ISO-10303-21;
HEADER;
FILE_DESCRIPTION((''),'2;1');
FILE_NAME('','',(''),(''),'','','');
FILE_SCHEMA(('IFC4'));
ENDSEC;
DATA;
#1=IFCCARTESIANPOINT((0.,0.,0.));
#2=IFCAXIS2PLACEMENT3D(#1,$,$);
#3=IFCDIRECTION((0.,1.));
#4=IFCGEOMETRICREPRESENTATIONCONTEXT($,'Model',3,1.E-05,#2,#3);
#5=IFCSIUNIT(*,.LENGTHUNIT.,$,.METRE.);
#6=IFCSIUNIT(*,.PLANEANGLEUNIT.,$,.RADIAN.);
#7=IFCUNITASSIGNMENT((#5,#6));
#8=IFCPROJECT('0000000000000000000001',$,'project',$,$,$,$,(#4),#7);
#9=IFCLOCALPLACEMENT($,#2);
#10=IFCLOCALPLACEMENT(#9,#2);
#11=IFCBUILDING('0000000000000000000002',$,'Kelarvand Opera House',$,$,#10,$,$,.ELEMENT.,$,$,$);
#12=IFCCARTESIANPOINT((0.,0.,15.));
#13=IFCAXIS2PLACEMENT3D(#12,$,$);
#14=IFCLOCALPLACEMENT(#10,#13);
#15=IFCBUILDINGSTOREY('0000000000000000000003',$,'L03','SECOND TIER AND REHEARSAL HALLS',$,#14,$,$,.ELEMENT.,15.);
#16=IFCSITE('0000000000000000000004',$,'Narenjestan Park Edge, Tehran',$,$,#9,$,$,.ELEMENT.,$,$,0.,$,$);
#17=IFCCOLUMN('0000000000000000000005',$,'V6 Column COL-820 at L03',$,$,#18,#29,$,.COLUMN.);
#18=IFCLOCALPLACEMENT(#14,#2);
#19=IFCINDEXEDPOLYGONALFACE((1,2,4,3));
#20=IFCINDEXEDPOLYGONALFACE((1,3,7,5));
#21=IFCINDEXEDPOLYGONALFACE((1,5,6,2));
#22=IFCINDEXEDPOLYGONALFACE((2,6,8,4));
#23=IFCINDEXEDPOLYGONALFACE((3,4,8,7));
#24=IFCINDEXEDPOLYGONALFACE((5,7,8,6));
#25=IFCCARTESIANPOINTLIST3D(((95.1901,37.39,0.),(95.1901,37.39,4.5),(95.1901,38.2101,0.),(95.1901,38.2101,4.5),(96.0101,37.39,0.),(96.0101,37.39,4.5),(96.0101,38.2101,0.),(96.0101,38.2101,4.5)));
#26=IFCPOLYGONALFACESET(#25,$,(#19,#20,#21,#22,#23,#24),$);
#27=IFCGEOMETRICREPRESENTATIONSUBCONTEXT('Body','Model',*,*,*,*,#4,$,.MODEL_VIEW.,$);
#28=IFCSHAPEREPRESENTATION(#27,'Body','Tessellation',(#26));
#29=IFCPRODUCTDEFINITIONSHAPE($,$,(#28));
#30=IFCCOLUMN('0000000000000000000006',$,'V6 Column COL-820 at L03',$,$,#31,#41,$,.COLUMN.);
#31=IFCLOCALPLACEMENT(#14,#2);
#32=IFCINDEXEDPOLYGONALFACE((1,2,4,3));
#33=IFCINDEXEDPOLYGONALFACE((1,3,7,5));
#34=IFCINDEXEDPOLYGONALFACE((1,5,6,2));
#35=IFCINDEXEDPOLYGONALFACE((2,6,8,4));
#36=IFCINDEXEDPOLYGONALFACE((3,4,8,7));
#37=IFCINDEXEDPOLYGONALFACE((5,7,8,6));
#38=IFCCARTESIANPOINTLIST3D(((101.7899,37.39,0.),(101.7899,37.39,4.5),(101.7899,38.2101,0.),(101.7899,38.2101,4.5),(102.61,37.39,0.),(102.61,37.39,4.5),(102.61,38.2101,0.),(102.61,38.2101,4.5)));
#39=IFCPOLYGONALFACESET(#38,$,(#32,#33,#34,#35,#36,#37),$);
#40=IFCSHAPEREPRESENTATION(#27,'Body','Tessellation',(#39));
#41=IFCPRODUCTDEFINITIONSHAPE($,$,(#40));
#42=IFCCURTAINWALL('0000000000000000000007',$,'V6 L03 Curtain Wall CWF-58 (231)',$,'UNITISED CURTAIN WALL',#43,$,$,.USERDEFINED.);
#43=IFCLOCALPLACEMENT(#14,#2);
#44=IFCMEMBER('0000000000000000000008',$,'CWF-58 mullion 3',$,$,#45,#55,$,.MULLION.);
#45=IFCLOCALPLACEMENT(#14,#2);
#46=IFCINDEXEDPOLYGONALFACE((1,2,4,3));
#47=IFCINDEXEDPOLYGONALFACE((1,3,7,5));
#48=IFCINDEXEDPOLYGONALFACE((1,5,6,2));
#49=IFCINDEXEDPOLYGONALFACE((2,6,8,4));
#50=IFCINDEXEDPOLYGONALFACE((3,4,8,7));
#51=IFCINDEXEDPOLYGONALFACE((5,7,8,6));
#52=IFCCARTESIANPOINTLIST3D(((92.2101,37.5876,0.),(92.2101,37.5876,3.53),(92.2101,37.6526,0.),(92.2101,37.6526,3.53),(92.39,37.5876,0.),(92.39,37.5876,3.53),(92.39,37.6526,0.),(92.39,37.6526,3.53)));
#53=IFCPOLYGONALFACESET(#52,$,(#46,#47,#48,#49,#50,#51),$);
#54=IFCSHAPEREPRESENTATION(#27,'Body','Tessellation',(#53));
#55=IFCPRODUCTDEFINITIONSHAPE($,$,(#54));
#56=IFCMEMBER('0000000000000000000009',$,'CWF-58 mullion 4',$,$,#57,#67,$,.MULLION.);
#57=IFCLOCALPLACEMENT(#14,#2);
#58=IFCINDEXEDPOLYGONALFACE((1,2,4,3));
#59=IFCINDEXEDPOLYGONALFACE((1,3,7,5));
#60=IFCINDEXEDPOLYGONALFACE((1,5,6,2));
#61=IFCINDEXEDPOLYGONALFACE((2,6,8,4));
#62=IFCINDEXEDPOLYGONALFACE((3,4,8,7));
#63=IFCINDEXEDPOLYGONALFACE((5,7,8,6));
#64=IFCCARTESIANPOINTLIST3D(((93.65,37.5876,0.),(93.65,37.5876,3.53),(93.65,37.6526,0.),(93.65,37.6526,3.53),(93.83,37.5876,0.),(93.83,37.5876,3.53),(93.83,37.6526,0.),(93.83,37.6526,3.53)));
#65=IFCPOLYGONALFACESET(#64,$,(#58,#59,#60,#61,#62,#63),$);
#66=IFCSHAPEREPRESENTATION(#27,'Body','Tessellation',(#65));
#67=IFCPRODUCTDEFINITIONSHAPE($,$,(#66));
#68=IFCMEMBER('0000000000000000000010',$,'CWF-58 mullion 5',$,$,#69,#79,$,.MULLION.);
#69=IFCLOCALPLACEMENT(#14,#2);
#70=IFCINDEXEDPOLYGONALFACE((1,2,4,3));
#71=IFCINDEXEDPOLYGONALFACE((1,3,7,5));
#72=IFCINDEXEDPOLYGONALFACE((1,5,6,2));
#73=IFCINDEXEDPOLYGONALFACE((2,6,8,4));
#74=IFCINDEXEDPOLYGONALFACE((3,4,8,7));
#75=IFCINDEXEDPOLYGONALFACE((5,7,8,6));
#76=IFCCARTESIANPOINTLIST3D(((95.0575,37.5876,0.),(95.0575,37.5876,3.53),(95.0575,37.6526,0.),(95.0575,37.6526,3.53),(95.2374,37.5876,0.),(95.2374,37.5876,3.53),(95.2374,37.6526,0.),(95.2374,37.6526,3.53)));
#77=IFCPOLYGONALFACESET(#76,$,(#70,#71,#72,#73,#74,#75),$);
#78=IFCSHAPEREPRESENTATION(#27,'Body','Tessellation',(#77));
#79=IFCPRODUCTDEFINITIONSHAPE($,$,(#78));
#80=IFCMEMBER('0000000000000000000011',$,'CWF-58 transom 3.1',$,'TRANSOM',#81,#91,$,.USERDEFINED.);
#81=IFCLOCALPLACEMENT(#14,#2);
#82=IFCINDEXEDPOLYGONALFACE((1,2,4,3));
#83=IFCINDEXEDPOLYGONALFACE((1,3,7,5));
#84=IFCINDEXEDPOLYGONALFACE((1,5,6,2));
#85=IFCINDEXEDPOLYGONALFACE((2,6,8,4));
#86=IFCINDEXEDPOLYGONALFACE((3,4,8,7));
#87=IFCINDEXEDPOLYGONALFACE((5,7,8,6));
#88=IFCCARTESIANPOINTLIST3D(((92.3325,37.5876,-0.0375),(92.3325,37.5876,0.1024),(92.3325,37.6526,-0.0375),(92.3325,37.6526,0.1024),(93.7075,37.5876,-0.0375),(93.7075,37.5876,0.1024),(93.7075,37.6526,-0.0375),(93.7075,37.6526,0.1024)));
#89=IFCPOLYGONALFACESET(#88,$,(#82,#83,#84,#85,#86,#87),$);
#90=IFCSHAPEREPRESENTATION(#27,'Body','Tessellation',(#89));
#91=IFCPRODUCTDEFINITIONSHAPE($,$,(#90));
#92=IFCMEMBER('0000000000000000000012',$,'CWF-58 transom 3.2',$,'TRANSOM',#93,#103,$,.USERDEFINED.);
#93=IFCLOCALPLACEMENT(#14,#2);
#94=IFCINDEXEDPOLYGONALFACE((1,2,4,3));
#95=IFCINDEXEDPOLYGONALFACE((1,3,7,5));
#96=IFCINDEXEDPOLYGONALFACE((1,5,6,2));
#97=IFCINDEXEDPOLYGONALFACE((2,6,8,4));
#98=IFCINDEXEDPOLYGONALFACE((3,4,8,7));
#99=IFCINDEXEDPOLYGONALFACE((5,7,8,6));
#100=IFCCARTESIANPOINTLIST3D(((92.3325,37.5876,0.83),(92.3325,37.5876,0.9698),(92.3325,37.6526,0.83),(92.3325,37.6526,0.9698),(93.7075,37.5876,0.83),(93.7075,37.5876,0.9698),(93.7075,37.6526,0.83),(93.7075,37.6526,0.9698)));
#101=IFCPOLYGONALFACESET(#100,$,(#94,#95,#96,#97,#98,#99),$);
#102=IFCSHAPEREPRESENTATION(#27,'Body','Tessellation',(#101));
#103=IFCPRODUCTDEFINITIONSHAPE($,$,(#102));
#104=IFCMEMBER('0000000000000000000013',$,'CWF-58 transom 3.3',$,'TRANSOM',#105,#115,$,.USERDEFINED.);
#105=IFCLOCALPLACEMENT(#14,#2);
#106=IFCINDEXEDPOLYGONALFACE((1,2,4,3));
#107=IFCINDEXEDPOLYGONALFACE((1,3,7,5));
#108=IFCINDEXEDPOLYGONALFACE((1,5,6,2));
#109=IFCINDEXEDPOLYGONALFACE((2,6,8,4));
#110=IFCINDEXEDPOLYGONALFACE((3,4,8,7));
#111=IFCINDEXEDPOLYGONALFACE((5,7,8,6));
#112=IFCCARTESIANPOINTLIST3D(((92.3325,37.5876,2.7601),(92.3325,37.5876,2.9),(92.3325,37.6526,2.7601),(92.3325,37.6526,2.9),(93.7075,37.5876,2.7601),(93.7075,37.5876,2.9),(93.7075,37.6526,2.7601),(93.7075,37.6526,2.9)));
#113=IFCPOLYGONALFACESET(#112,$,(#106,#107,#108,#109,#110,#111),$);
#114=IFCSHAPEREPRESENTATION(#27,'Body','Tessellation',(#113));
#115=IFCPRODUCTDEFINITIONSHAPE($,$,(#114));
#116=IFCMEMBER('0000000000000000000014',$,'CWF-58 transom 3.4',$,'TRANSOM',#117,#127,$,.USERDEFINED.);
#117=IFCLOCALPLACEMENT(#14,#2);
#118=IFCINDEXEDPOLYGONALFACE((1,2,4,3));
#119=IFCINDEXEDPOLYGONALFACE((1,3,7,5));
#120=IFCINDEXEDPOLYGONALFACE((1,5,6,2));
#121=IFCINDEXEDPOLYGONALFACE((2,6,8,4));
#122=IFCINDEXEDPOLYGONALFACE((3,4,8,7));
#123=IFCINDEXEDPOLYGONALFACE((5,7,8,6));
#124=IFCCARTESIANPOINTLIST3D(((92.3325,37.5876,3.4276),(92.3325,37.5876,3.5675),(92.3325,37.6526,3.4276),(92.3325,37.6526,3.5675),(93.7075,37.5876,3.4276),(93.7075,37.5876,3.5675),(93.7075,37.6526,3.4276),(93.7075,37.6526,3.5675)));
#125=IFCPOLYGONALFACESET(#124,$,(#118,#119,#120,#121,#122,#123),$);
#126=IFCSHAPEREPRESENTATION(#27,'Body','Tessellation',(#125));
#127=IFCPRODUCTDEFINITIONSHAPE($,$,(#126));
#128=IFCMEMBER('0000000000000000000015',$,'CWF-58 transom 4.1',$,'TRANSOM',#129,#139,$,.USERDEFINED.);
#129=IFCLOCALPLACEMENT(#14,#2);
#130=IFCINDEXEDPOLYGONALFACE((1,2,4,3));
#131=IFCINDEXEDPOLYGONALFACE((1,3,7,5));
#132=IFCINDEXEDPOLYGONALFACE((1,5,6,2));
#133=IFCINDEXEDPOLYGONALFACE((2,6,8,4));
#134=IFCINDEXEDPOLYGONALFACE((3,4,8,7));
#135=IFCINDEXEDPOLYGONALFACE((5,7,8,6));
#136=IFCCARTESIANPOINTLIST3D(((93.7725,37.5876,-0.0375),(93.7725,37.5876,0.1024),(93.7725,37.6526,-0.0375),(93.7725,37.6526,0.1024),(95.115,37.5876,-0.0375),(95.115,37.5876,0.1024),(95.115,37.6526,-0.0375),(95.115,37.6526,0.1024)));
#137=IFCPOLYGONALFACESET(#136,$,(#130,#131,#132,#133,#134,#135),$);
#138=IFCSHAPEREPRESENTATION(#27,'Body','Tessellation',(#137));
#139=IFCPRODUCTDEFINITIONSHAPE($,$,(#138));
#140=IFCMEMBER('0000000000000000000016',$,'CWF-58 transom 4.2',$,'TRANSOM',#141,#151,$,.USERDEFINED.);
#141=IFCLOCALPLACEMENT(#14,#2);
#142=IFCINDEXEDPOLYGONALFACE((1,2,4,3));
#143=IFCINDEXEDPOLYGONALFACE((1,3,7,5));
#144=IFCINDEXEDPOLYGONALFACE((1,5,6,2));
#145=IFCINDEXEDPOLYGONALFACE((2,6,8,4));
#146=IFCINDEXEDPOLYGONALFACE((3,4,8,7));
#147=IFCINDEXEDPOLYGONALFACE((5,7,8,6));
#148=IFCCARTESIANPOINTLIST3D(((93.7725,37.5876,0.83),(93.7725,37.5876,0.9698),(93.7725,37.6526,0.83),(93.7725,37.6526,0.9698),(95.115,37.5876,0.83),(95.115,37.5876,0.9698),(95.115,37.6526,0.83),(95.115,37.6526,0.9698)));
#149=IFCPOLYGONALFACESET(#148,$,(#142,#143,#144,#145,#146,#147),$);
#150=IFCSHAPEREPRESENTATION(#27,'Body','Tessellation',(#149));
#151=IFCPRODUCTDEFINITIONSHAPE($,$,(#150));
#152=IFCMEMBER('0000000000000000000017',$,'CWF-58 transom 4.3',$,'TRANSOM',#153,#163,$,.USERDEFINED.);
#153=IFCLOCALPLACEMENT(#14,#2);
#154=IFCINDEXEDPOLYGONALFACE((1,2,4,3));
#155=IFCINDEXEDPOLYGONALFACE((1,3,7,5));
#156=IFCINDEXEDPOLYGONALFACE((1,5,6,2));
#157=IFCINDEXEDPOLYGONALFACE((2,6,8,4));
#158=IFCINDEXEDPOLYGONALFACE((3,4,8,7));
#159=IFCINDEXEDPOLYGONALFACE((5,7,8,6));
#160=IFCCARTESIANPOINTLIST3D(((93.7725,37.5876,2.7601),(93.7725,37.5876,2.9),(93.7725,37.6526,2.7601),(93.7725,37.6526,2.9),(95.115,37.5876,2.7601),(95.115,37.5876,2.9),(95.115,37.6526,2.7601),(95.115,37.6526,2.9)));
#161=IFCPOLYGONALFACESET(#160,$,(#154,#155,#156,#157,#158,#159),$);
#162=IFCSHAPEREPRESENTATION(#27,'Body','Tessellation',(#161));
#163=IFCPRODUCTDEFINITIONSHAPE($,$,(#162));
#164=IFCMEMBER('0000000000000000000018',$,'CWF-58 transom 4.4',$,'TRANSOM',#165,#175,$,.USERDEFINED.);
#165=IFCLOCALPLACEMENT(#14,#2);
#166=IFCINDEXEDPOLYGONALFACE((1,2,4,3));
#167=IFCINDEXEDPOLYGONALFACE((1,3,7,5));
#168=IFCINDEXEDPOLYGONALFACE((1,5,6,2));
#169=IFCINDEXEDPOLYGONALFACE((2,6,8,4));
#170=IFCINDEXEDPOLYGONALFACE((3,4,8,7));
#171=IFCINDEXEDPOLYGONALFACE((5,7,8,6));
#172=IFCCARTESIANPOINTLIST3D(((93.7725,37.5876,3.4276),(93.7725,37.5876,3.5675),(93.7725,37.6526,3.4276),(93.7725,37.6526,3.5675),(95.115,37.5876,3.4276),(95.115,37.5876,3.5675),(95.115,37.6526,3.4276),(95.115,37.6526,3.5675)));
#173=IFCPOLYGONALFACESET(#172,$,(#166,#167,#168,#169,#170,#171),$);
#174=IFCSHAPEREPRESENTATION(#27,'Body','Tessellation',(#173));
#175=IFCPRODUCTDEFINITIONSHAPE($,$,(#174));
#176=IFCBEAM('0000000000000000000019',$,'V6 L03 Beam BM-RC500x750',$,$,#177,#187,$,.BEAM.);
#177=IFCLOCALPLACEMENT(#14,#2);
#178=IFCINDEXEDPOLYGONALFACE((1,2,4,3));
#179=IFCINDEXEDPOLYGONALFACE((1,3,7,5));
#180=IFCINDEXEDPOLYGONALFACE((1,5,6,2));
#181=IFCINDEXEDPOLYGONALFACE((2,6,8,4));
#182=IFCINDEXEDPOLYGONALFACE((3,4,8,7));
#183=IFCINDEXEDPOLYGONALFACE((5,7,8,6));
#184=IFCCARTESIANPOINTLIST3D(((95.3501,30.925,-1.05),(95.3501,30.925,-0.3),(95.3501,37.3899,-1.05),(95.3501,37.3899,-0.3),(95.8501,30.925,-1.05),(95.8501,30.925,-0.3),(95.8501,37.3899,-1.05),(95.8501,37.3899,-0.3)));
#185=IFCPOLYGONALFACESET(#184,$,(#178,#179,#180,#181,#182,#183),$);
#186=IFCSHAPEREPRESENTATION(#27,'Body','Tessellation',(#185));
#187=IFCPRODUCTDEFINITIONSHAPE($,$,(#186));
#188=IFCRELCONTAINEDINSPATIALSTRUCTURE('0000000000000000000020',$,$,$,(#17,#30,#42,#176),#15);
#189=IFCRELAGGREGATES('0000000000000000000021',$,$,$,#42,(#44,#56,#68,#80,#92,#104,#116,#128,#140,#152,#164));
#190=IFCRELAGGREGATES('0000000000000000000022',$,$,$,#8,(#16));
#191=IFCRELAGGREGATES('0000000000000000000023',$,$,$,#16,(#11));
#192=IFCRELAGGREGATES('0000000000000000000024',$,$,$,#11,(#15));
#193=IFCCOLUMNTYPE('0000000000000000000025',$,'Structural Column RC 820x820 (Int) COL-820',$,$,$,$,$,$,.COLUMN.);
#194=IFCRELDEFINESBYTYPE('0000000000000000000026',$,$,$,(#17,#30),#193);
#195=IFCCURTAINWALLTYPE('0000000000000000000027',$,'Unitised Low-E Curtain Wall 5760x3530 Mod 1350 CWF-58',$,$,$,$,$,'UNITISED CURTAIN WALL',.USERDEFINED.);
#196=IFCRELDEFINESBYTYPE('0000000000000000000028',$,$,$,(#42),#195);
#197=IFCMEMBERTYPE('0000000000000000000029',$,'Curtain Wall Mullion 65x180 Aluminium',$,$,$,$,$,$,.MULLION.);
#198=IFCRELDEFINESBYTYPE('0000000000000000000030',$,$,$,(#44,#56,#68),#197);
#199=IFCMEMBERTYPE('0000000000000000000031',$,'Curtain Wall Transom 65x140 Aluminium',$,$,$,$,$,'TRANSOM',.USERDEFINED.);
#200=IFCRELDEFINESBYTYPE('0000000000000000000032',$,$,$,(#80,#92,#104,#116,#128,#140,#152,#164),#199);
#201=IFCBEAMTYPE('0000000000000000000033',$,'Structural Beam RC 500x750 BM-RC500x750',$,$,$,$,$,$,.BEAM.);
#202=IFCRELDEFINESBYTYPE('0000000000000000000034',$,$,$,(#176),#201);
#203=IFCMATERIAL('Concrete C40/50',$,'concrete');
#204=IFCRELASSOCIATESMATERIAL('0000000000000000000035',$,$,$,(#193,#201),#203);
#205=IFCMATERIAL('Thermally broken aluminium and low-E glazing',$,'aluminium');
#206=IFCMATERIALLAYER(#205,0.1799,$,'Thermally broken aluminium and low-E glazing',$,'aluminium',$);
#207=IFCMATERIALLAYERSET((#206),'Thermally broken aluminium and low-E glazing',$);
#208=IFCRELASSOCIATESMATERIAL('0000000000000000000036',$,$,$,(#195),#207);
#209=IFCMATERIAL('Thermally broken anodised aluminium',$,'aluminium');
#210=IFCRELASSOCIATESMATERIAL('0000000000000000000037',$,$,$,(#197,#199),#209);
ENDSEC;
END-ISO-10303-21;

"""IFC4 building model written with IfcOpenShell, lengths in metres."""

from ifc_helpers import new_model, si_unit, direction, frame, origin, origin_2d, place, context, subcontext, project, spatial, rectangle, extrude, material, layer, layer_set, material_profile, profile_set, type_object, element, aggregate, save


model = new_model("IFC4")

# Units and contexts
model_context = context("Model", 3, precision=1e-05, world=origin(), true_north=direction((0.0, 1.0)))
body_context = subcontext(model_context, "Body", "Model", "MODEL_VIEW")
ifc_project = project(units=[si_unit("LENGTHUNIT", "METRE"), si_unit("PLANEANGLEUNIT", "RADIAN")], contexts=[model_context])

# Site, building, storey
site_placement = place(None, origin())
site = spatial("IfcSite", under=ifc_project, at=site_placement, Name="Narenjestan Park Edge, Tehran", CompositionType="ELEMENT", RefElevation=0.0)
building_placement = place(site_placement, origin())
building = spatial("IfcBuilding", under=site, at=building_placement, Name="Kelarvand Opera House", CompositionType="ELEMENT")
storey_placement = place(building_placement, frame((0.0, 0.0, 15.0)))
storey = spatial("IfcBuildingStorey", under=building, at=storey_placement, Name="L03", Description="SECOND TIER AND REHEARSAL HALLS", CompositionType="ELEMENT", Elevation=15.0)

# Columns
ifc_material_1 = material(Name="Concrete C40/50", Category="concrete")
ifc_material_profile_1 = material_profile(ifc_material_1, rectangle(XDim=0.8201, YDim=0.8201, at=origin_2d()), Name="RC 820x820", Category="concrete")
ifc_profile_set_1 = profile_set([ifc_material_profile_1], Name="Concrete C40/50")
column_type = type_object("IfcColumnType", Name="Structural Column RC 820x820 (Int) COL-820", PredefinedType="COLUMN", material=ifc_profile_set_1)
for number, where, z_axis, x_axis, name in (
    (1, (95.6001, 37.8, 0.0), (0.0, 0.0, 1.0), (1.0, 0.0, 0.0), "V6 Column COL-820 at L03"),
    (2, (102.2, 37.8, 0.0), (0.0, 0.0, 1.0), (1.0, 0.0, 0.0), "V6 Column COL-820 at L03"),
):
    element("IfcColumn", number, at=place(storey_placement, frame(where, z_axis=z_axis, x_axis=x_axis)), inside=storey, type_object=column_type, Name=name, PredefinedType="COLUMN", context=body_context, shape_type="SweptSolid", body=[
        extrude(rectangle(XDim=0.8201, YDim=0.8201, at=origin_2d()), origin(), (0.0, 0.0, 1.0), 4.5),
    ])

# Curtain wall, members
ifc_material_2 = material(Name="Thermally broken aluminium and low-E glazing", Category="aluminium")
ifc_layer_1 = layer(ifc_material_2, 0.1799, Name="Thermally broken aluminium and low-E glazing", Category="aluminium")
ifc_layer_set_1 = layer_set([ifc_layer_1], Name="Thermally broken aluminium and low-E glazing")
curtain_wall_type = type_object("IfcCurtainWallType", Name="Unitised Low-E Curtain Wall 5760x3530 Mod 1350 CWF-58", ElementType="UNITISED CURTAIN WALL", PredefinedType="USERDEFINED", material=ifc_layer_set_1)
curtain_wall_placement = place(storey_placement, origin())
curtain_wall = element("IfcCurtainWall", 3, at=curtain_wall_placement, inside=storey, type_object=curtain_wall_type, Name="V6 L03 Curtain Wall CWF-58 (231)", ObjectType="UNITISED CURTAIN WALL", PredefinedType="USERDEFINED")
ifc_material_3 = material(Name="Thermally broken anodised aluminium", Category="aluminium")
ifc_material_profile_2 = material_profile(ifc_material_3, rectangle(XDim=0.0649, YDim=0.1799, at=origin_2d()), Name="ALU MULLION 65x180", Category="aluminium")
ifc_profile_set_2 = profile_set([ifc_material_profile_2], Name="Thermally broken anodised aluminium")
member_type_1 = type_object("IfcMemberType", Name="Curtain Wall Mullion 65x180 Aluminium", PredefinedType="MULLION", material=ifc_profile_set_2)
member_1_placement = place(storey_placement, frame((92.3, 37.6201, 0.0), z_axis=(0.0, 0.0, 1.0), x_axis=(0.0, 1.0, 0.0)))
member_1 = element("IfcMember", 4, at=member_1_placement, type_object=member_type_1, Name="CWF-58 mullion 3", PredefinedType="MULLION", context=body_context, shape_type="SweptSolid", body=[
    extrude(rectangle(XDim=0.0649, YDim=0.1799, at=origin_2d()), origin(), (0.0, 0.0, 1.0), 3.53),
])
member_2_placement = place(storey_placement, frame((93.74, 37.6201, 0.0), z_axis=(0.0, 0.0, 1.0), x_axis=(0.0, 1.0, 0.0)))
member_2 = element("IfcMember", 5, at=member_2_placement, type_object=member_type_1, Name="CWF-58 mullion 4", PredefinedType="MULLION", context=body_context, shape_type="SweptSolid", body=[
    extrude(rectangle(XDim=0.0649, YDim=0.1799, at=origin_2d()), origin(), (0.0, 0.0, 1.0), 3.53),
])
member_3_placement = place(storey_placement, frame((95.1475, 37.6201, 0.0), z_axis=(0.0, 0.0, 1.0), x_axis=(0.0, 1.0, 0.0)))
member_3 = element("IfcMember", 6, at=member_3_placement, type_object=member_type_1, Name="CWF-58 mullion 5", PredefinedType="MULLION", context=body_context, shape_type="SweptSolid", body=[
    extrude(rectangle(XDim=0.0649, YDim=0.1799, at=origin_2d()), origin(), (0.0, 0.0, 1.0), 3.53),
])
ifc_material_profile_3 = material_profile(ifc_material_3, rectangle(XDim=0.0649, YDim=0.1399, at=origin_2d()), Name="ALU TRANSOM 65x140", Category="aluminium")
ifc_profile_set_3 = profile_set([ifc_material_profile_3], Name="Thermally broken anodised aluminium")
member_type_2 = type_object("IfcMemberType", Name="Curtain Wall Transom 65x140 Aluminium", ElementType="TRANSOM", PredefinedType="USERDEFINED", material=ifc_profile_set_3)
member_4_placement = place(storey_placement, frame((92.3325, 37.6201, 0.0325), z_axis=(1.0, 0.0, 0.0), x_axis=(0.0, 1.0, 0.0)))
member_4 = element("IfcMember", 7, at=member_4_placement, type_object=member_type_2, Name="CWF-58 transom 3.1", ObjectType="TRANSOM", PredefinedType="USERDEFINED", context=body_context, shape_type="SweptSolid", body=[
    extrude(rectangle(XDim=0.0649, YDim=0.1399, at=origin_2d()), origin(), (0.0, 0.0, 1.0), 1.375),
])
member_5_placement = place(storey_placement, frame((92.3325, 37.6201, 0.8999), z_axis=(1.0, 0.0, 0.0), x_axis=(0.0, 1.0, 0.0)))
member_5 = element("IfcMember", 8, at=member_5_placement, type_object=member_type_2, Name="CWF-58 transom 3.2", ObjectType="TRANSOM", PredefinedType="USERDEFINED", context=body_context, shape_type="SweptSolid", body=[
    extrude(rectangle(XDim=0.0649, YDim=0.1399, at=origin_2d()), origin(), (0.0, 0.0, 1.0), 1.375),
])
member_6_placement = place(storey_placement, frame((92.3325, 37.6201, 2.8301), z_axis=(1.0, 0.0, 0.0), x_axis=(0.0, 1.0, 0.0)))
member_6 = element("IfcMember", 9, at=member_6_placement, type_object=member_type_2, Name="CWF-58 transom 3.3", ObjectType="TRANSOM", PredefinedType="USERDEFINED", context=body_context, shape_type="SweptSolid", body=[
    extrude(rectangle(XDim=0.0649, YDim=0.1399, at=origin_2d()), origin(), (0.0, 0.0, 1.0), 1.375),
])
member_7_placement = place(storey_placement, frame((92.3325, 37.6201, 3.4976), z_axis=(1.0, 0.0, 0.0), x_axis=(0.0, 1.0, 0.0)))
member_7 = element("IfcMember", 10, at=member_7_placement, type_object=member_type_2, Name="CWF-58 transom 3.4", ObjectType="TRANSOM", PredefinedType="USERDEFINED", context=body_context, shape_type="SweptSolid", body=[
    extrude(rectangle(XDim=0.0649, YDim=0.1399, at=origin_2d()), origin(), (0.0, 0.0, 1.0), 1.375),
])
member_8_placement = place(storey_placement, frame((93.7725, 37.6201, 0.0325), z_axis=(1.0, 0.0, 0.0), x_axis=(0.0, 1.0, 0.0)))
member_8 = element("IfcMember", 11, at=member_8_placement, type_object=member_type_2, Name="CWF-58 transom 4.1", ObjectType="TRANSOM", PredefinedType="USERDEFINED", context=body_context, shape_type="SweptSolid", body=[
    extrude(rectangle(XDim=0.0649, YDim=0.1399, at=origin_2d()), origin(), (0.0, 0.0, 1.0), 1.3425),
])
member_9_placement = place(storey_placement, frame((93.7725, 37.6201, 0.8999), z_axis=(1.0, 0.0, 0.0), x_axis=(0.0, 1.0, 0.0)))
member_9 = element("IfcMember", 12, at=member_9_placement, type_object=member_type_2, Name="CWF-58 transom 4.2", ObjectType="TRANSOM", PredefinedType="USERDEFINED", context=body_context, shape_type="SweptSolid", body=[
    extrude(rectangle(XDim=0.0649, YDim=0.1399, at=origin_2d()), origin(), (0.0, 0.0, 1.0), 1.3425),
])
member_10_placement = place(storey_placement, frame((93.7725, 37.6201, 2.8301), z_axis=(1.0, 0.0, 0.0), x_axis=(0.0, 1.0, 0.0)))
member_10 = element("IfcMember", 13, at=member_10_placement, type_object=member_type_2, Name="CWF-58 transom 4.3", ObjectType="TRANSOM", PredefinedType="USERDEFINED", context=body_context, shape_type="SweptSolid", body=[
    extrude(rectangle(XDim=0.0649, YDim=0.1399, at=origin_2d()), origin(), (0.0, 0.0, 1.0), 1.3425),
])
member_11_placement = place(storey_placement, frame((93.7725, 37.6201, 3.4976), z_axis=(1.0, 0.0, 0.0), x_axis=(0.0, 1.0, 0.0)))
member_11 = element("IfcMember", 14, at=member_11_placement, type_object=member_type_2, Name="CWF-58 transom 4.4", ObjectType="TRANSOM", PredefinedType="USERDEFINED", context=body_context, shape_type="SweptSolid", body=[
    extrude(rectangle(XDim=0.0649, YDim=0.1399, at=origin_2d()), origin(), (0.0, 0.0, 1.0), 1.3425),
])

# Beam
ifc_material_profile_4 = material_profile(ifc_material_1, rectangle(XDim=0.5, YDim=0.75, at=origin_2d()), Name="RC 500x750", Category="concrete")
ifc_profile_set_4 = profile_set([ifc_material_profile_4], Name="Concrete C40/50")
beam_type_1 = type_object("IfcBeamType", Name="Structural Beam RC 500x750 BM-RC500x750", PredefinedType="BEAM", material=ifc_profile_set_4)
for number, where, z_axis, x_axis, name in (
    (15, (95.6001, 30.925, -0.675), (0.0, 1.0, 0.0), (-1.0, 0.0, 0.0), "V6 L03 Beam BM-RC500x750"),
):
    element("IfcBeam", number, at=place(storey_placement, frame(where, z_axis=z_axis, x_axis=x_axis)), inside=storey, type_object=beam_type_1, Name=name, PredefinedType="BEAM", context=body_context, shape_type="SweptSolid", body=[
        extrude(rectangle(XDim=0.5, YDim=0.75, at=origin_2d()), origin(), (0.0, 0.0, 1.0), 6.4648),
    ])

aggregate(curtain_wall, [member_1, member_2, member_3, member_4, member_5, member_6, member_7, member_8, member_9, member_10, member_11])

save(model, "model.ifc")
